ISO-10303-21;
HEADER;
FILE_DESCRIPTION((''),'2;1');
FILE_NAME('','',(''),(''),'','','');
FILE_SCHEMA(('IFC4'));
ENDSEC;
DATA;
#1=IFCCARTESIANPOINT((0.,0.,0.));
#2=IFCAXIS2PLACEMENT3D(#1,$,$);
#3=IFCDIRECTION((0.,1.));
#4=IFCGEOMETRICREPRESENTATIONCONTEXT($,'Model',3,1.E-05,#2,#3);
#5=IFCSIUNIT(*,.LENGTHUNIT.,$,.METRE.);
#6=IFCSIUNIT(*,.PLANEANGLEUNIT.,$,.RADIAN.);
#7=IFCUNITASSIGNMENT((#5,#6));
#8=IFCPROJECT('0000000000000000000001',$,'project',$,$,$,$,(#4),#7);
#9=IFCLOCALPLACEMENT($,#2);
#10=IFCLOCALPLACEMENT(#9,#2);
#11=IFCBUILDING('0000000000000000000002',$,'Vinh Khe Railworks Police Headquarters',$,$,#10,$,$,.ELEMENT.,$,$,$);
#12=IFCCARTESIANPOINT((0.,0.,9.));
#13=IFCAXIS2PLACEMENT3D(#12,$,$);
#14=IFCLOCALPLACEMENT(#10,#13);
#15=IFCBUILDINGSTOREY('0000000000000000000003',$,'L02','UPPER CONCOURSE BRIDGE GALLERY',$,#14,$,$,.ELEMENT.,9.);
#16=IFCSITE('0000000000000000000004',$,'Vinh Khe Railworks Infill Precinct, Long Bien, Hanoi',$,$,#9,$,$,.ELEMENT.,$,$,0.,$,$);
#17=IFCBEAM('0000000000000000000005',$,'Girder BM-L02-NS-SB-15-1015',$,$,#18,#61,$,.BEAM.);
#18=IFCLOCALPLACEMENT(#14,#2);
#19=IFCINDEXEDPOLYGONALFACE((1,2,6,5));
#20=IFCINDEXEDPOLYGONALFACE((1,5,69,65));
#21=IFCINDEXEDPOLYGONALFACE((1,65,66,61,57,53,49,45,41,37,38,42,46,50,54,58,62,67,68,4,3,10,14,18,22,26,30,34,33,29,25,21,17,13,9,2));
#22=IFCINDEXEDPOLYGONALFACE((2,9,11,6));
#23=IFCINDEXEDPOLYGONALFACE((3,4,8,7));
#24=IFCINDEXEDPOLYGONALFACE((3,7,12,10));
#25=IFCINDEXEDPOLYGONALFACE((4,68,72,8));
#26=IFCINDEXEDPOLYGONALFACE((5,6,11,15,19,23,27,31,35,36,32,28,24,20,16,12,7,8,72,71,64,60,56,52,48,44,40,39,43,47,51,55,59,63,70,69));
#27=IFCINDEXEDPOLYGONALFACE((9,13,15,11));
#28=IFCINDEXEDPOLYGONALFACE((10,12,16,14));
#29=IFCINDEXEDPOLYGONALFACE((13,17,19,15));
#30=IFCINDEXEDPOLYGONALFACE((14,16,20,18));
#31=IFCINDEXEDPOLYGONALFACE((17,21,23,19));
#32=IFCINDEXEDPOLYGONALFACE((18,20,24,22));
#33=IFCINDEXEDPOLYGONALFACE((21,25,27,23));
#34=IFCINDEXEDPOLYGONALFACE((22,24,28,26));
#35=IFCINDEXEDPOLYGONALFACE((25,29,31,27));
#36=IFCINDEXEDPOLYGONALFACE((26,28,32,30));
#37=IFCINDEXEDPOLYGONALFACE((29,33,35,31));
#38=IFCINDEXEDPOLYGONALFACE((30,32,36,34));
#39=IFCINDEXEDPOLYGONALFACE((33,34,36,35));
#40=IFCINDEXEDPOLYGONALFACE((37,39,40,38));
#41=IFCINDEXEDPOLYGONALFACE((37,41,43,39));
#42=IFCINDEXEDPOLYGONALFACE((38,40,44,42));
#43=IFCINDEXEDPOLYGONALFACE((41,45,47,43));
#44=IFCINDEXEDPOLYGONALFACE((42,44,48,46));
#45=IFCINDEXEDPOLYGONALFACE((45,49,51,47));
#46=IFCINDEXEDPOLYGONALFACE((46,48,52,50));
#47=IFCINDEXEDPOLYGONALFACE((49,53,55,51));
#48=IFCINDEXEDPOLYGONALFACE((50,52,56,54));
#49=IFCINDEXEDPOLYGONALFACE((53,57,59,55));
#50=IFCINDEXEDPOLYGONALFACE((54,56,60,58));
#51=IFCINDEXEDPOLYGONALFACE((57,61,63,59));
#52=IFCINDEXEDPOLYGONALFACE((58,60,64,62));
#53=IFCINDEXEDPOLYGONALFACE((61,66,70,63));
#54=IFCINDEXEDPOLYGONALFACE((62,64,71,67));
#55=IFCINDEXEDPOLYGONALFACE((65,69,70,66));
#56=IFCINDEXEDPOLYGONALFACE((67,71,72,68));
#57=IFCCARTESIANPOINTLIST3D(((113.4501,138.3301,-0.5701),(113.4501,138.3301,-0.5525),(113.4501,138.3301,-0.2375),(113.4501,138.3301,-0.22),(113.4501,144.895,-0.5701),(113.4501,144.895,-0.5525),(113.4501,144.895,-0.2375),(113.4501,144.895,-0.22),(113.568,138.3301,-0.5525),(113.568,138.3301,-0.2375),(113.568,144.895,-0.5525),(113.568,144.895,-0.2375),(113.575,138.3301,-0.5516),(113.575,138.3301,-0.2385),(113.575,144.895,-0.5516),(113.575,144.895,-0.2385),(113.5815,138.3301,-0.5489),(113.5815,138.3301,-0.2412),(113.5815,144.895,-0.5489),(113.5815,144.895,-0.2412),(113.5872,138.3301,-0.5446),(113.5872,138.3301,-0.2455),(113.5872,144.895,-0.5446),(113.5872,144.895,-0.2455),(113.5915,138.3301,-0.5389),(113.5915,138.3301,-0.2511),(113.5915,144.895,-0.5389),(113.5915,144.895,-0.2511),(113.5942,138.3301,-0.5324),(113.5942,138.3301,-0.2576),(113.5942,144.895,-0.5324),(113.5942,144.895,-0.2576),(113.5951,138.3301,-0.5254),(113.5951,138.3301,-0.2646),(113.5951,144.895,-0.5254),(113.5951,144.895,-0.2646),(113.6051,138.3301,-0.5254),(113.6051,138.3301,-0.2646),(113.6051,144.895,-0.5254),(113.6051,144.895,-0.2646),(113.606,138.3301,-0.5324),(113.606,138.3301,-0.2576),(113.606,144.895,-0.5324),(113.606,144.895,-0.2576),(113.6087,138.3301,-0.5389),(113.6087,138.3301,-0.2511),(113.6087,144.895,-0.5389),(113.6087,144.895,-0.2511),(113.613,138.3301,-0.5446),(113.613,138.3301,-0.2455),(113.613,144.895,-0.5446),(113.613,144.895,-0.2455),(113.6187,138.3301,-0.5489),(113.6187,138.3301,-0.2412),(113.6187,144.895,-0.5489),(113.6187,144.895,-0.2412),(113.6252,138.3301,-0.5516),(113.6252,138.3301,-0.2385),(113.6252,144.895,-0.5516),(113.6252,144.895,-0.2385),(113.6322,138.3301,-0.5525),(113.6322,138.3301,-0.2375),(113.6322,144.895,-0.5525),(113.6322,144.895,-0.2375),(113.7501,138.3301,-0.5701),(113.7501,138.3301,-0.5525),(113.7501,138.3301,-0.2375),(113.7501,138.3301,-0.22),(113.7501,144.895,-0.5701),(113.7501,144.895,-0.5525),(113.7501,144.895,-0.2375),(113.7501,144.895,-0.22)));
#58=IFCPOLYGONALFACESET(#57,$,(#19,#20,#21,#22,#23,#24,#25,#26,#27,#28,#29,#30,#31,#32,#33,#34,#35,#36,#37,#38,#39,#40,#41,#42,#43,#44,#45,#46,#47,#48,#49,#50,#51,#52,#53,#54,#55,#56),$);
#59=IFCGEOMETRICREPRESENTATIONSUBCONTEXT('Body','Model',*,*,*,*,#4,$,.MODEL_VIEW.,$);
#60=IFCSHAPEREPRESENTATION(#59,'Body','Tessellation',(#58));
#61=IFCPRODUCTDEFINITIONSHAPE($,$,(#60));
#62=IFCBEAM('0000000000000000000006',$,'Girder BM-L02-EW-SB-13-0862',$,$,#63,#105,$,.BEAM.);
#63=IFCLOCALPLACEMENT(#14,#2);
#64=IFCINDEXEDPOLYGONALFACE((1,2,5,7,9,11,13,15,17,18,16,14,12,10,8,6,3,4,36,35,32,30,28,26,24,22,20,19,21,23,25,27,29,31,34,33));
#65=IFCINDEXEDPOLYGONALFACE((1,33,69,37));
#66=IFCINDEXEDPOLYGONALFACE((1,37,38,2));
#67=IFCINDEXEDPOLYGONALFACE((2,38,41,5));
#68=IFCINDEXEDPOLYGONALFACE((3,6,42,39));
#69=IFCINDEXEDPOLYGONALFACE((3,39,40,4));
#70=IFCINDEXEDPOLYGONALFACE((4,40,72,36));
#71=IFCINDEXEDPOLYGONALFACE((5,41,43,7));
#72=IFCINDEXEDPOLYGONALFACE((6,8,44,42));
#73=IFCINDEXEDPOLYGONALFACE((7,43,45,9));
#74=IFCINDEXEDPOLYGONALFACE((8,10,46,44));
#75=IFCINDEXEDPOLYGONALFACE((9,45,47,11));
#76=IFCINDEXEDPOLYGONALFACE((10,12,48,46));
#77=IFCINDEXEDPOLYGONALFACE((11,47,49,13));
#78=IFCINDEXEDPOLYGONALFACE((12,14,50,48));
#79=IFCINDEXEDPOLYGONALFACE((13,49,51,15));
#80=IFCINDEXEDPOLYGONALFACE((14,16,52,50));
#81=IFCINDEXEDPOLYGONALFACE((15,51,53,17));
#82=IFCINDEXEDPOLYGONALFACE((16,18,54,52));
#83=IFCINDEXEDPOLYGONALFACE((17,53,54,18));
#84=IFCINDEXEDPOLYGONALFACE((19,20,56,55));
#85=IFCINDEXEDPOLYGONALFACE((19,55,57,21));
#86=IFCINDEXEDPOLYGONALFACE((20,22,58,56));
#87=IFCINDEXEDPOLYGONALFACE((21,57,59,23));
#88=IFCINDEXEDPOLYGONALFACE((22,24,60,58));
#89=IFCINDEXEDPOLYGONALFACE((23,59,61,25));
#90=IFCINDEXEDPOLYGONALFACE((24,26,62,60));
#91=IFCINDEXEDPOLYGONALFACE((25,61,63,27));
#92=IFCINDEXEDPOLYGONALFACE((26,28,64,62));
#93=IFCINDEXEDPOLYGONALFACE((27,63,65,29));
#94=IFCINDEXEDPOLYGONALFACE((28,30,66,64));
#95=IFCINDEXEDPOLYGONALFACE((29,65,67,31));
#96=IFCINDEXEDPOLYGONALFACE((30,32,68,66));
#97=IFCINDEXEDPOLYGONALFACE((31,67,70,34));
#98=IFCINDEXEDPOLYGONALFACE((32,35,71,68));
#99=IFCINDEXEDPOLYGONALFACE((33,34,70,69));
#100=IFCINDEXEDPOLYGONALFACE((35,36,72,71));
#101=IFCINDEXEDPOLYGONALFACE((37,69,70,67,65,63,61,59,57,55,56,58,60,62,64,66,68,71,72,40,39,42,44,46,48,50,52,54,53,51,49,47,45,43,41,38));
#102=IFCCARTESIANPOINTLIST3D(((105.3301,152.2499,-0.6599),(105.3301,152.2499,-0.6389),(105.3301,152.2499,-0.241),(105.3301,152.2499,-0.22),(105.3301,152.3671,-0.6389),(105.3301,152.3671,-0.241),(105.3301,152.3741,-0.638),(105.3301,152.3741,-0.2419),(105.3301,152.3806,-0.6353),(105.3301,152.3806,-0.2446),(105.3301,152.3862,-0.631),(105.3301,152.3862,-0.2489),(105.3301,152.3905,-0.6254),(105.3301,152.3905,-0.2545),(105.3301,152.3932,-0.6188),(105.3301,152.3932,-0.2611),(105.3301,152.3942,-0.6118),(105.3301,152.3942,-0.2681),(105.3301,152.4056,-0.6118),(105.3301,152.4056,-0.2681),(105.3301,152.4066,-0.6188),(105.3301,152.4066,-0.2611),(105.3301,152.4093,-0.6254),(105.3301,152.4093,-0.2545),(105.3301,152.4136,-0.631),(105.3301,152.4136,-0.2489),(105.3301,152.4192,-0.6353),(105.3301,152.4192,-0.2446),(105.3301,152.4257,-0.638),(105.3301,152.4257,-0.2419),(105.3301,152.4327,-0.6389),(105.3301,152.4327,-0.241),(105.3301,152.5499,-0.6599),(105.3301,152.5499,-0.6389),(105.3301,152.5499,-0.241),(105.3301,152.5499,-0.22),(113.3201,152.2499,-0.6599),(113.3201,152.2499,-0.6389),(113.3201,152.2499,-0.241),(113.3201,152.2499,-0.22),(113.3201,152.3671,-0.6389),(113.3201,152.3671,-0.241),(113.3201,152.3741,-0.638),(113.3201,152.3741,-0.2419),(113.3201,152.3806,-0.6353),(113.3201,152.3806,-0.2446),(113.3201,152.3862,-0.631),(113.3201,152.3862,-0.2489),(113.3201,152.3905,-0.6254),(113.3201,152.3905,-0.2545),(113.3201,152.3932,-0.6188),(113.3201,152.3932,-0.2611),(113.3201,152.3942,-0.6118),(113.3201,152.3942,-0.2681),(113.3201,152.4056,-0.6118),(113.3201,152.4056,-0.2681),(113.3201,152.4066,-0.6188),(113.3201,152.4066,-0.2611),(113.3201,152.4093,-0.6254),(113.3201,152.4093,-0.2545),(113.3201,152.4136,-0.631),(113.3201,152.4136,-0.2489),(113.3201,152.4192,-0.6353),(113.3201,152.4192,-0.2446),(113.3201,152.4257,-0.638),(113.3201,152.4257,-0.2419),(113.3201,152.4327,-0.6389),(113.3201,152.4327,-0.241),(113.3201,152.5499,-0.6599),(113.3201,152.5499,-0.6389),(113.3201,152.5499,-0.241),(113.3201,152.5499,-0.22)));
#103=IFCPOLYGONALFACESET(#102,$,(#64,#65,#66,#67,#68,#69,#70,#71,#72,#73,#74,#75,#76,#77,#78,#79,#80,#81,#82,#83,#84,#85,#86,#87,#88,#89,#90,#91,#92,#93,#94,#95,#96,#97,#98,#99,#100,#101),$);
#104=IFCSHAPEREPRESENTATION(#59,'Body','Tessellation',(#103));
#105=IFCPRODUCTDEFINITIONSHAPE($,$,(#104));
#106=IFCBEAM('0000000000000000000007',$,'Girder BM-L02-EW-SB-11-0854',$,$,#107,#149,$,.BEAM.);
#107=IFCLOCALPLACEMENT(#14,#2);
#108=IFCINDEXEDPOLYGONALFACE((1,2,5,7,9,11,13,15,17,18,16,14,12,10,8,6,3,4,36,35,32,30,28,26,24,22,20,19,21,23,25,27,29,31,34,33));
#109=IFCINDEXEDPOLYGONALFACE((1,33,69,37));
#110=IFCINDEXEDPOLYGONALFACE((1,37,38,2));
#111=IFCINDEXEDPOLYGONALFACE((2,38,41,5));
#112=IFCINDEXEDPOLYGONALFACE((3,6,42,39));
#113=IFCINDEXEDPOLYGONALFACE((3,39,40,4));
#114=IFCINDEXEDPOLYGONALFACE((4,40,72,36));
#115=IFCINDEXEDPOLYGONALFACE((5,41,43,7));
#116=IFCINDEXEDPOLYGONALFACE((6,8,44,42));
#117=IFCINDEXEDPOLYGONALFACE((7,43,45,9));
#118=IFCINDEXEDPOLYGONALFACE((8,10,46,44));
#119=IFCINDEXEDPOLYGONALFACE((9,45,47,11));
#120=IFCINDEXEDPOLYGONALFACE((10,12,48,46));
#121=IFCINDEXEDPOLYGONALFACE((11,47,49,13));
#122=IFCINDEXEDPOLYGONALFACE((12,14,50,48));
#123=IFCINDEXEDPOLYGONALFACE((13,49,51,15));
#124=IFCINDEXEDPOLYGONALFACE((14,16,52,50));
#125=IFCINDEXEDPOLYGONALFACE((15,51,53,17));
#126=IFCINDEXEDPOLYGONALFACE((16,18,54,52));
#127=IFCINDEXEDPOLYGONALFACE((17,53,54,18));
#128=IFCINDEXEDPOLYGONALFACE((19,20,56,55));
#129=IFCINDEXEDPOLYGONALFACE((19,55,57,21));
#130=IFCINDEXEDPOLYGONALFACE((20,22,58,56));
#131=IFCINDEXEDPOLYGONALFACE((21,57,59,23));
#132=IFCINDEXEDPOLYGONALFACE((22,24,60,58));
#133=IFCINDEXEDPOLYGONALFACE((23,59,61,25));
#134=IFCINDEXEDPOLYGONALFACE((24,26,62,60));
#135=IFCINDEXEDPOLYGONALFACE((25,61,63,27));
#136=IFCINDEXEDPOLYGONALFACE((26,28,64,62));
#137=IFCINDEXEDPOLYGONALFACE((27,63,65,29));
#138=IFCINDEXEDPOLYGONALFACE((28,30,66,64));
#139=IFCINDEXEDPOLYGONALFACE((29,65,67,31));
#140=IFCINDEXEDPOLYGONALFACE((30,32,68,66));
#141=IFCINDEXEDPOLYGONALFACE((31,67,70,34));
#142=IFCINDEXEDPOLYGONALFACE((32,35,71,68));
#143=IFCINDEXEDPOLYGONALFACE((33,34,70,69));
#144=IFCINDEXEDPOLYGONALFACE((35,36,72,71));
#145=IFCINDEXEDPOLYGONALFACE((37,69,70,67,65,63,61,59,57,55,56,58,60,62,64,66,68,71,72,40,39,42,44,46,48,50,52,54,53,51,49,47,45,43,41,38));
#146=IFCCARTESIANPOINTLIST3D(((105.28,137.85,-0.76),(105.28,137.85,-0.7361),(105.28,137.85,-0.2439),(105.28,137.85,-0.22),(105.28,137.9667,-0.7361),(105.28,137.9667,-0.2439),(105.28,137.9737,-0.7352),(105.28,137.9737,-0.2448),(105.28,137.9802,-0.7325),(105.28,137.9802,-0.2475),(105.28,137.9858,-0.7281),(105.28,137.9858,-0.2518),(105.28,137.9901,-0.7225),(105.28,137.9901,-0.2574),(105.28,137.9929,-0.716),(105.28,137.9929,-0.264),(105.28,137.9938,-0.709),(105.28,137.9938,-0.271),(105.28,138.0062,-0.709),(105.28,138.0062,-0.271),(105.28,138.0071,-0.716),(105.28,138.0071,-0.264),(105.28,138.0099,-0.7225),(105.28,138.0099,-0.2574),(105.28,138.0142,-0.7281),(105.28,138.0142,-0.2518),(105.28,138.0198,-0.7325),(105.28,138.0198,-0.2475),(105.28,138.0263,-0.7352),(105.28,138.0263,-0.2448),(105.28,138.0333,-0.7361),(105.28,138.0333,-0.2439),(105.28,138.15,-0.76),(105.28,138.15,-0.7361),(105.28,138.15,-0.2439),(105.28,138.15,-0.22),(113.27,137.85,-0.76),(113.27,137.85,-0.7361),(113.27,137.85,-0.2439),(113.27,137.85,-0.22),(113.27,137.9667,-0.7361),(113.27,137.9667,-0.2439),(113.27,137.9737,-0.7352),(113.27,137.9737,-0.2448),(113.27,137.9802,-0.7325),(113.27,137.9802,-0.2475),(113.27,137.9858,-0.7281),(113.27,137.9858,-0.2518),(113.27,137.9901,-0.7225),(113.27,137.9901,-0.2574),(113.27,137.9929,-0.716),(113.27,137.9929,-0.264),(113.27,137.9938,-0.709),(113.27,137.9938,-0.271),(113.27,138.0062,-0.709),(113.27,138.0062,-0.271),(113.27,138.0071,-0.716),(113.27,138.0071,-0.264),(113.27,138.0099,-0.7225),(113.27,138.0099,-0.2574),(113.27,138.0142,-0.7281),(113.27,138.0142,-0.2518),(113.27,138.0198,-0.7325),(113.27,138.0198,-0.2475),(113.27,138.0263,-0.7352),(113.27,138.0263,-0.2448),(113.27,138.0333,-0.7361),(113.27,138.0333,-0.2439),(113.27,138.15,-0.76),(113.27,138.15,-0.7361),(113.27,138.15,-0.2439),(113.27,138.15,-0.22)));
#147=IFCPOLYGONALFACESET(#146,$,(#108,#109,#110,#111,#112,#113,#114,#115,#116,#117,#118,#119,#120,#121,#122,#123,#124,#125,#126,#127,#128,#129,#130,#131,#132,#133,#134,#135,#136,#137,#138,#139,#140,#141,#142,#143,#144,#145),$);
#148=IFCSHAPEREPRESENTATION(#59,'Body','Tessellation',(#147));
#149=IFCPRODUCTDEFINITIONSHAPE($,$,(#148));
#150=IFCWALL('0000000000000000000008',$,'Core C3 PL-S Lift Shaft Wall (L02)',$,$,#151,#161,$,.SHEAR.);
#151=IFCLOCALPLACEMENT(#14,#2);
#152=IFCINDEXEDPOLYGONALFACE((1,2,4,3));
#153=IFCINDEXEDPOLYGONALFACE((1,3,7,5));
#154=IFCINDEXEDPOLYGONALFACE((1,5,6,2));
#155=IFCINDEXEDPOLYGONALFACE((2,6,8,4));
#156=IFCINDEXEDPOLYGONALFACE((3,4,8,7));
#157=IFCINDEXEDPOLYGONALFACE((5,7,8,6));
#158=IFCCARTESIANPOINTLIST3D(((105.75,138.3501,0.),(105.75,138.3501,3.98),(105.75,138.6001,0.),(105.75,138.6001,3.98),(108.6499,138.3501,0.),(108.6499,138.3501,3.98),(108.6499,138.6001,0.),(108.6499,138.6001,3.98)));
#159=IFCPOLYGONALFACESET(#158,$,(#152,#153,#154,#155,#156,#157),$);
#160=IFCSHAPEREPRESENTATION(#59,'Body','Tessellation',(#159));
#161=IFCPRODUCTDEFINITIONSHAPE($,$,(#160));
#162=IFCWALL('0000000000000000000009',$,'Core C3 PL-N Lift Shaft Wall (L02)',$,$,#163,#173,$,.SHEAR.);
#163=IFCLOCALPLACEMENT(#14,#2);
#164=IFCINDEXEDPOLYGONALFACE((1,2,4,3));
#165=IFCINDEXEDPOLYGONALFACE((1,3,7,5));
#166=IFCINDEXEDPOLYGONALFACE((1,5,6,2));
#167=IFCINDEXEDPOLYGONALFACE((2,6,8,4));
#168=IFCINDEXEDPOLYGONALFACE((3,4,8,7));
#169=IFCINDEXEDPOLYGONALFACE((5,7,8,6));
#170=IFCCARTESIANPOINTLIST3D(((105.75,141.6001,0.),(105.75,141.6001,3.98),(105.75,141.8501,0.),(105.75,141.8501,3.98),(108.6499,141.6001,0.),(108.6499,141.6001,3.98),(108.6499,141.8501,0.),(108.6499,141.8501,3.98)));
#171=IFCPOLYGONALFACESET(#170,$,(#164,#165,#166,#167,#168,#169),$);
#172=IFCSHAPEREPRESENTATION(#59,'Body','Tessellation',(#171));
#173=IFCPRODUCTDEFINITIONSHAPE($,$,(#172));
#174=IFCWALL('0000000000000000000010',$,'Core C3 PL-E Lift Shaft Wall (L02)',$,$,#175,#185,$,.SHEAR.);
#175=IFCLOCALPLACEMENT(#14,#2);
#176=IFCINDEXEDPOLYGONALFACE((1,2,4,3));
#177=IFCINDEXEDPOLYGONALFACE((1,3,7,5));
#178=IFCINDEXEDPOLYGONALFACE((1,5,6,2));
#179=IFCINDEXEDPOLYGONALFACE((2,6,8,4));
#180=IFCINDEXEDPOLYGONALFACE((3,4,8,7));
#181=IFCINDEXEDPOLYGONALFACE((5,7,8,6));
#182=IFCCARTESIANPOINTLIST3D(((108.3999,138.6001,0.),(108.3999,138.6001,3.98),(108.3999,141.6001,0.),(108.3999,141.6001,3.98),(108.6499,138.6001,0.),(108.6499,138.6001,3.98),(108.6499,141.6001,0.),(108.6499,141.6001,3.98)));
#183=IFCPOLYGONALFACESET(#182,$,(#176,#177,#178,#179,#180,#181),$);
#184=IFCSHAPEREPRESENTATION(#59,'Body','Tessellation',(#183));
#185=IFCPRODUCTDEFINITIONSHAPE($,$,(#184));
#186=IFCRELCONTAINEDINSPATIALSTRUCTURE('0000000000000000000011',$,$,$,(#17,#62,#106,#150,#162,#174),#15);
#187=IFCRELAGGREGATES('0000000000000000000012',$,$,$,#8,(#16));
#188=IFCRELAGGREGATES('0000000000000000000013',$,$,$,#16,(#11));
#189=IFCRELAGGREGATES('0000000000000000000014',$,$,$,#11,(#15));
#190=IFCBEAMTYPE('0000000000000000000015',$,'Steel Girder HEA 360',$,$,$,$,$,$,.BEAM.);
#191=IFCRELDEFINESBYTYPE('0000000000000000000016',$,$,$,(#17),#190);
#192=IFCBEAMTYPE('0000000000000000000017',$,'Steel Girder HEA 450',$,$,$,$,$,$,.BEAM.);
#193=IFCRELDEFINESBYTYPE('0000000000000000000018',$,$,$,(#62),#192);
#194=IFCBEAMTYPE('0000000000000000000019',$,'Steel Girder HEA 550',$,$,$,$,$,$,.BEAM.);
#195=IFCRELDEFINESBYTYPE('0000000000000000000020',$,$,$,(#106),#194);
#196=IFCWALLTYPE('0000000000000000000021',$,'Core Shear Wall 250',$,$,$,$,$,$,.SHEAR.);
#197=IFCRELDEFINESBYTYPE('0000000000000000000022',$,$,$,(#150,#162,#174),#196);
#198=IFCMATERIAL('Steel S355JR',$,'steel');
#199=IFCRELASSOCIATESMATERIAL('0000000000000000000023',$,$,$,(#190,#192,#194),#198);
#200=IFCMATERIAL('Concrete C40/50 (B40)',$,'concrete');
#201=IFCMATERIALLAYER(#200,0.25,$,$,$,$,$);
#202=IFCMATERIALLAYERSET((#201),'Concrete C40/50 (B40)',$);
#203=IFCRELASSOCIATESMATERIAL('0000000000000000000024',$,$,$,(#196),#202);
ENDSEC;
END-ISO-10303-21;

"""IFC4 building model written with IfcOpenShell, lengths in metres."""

from ifc_helpers import new_model, si_unit, direction, frame, frame_2d, origin, origin_2d, place, context, subcontext, project, spatial, rectangle, i_section, extrude, material, layer, layer_set, material_profile, profile_set, type_object, element, save


model = new_model("IFC4")

# Units and contexts
model_context = context("Model", 3, precision=1e-05, world=origin(), true_north=direction((0.0, 1.0)))
body_context = subcontext(model_context, "Body", "Model", "MODEL_VIEW")
ifc_project = project(units=[si_unit("LENGTHUNIT", "METRE"), si_unit("PLANEANGLEUNIT", "RADIAN")], contexts=[model_context])

# Site, building, storey
site_placement = place(None, origin())
site = spatial("IfcSite", under=ifc_project, at=site_placement, Name="Vinh Khe Railworks Infill Precinct, Long Bien, Hanoi", CompositionType="ELEMENT", RefElevation=0.0)
building_placement = place(site_placement, origin())
building = spatial("IfcBuilding", under=site, at=building_placement, Name="Vinh Khe Railworks Police Headquarters", CompositionType="ELEMENT")
storey_placement = place(building_placement, frame((0.0, 0.0, 9.0)))
storey = spatial("IfcBuildingStorey", under=building, at=storey_placement, Name="L02", Description="UPPER CONCOURSE BRIDGE GALLERY", CompositionType="ELEMENT", Elevation=9.0)

# Shared definitions
ifc_material_1 = material(Name="Steel S355JR", Category="steel")

# Beams
ifc_material_profile_1 = material_profile(ifc_material_1, i_section(OverallWidth=0.3, OverallDepth=0.3501, WebThickness=0.01, FlangeThickness=0.0176, FilletRadius=0.0271, at=origin_2d()), Name="HEA 360")
ifc_profile_set_1 = profile_set([ifc_material_profile_1], Name="Steel S355JR")
beam_type_1 = type_object("IfcBeamType", Name="Steel Girder HEA 360", PredefinedType="BEAM", material=ifc_profile_set_1)
beam_1_placement = place(storey_placement, frame((113.6001, 138.3301, -0.395), z_axis=(0.0, 1.0, 0.0), x_axis=(-1.0, 0.0, 0.0)))
element("IfcBeam", 1, at=beam_1_placement, inside=storey, type_object=beam_type_1, Name="Girder BM-L02-NS-SB-15-1015", PredefinedType="BEAM", context=body_context, shape_type="SweptSolid", body=[
    extrude(i_section(OverallWidth=0.3, OverallDepth=0.3501, WebThickness=0.01, FlangeThickness=0.0176, FilletRadius=0.0271, at=origin_2d()), origin(), (0.0, 0.0, 1.0), 6.5649),
])
ifc_material_profile_2 = material_profile(ifc_material_1, i_section(OverallWidth=0.3, OverallDepth=0.4399, WebThickness=0.0115, FlangeThickness=0.021, FilletRadius=0.0271, at=origin_2d()), Name="HEA 450")
ifc_profile_set_2 = profile_set([ifc_material_profile_2], Name="Steel S355JR")
beam_type_2 = type_object("IfcBeamType", Name="Steel Girder HEA 450", PredefinedType="BEAM", material=ifc_profile_set_2)
beam_2_placement = place(storey_placement, frame((105.3301, 152.3999, -0.4399), z_axis=(1.0, 0.0, 0.0), x_axis=(0.0, 1.0, 0.0)))
element("IfcBeam", 2, at=beam_2_placement, inside=storey, type_object=beam_type_2, Name="Girder BM-L02-EW-SB-13-0862", PredefinedType="BEAM", context=body_context, shape_type="SweptSolid", body=[
    extrude(i_section(OverallWidth=0.3, OverallDepth=0.4399, WebThickness=0.0115, FlangeThickness=0.021, FilletRadius=0.0271, at=origin_2d()), origin(), (0.0, 0.0, 1.0), 7.99),
])
ifc_material_profile_3 = material_profile(ifc_material_1, i_section(OverallWidth=0.3, OverallDepth=0.54, WebThickness=0.0125, FlangeThickness=0.0239, FilletRadius=0.0271, at=origin_2d()), Name="HEA 550")
ifc_profile_set_3 = profile_set([ifc_material_profile_3], Name="Steel S355JR")
beam_type_3 = type_object("IfcBeamType", Name="Steel Girder HEA 550", PredefinedType="BEAM", material=ifc_profile_set_3)
beam_3_placement = place(storey_placement, frame((105.28, 138.0, -0.49), z_axis=(1.0, 0.0, 0.0), x_axis=(0.0, 1.0, 0.0)))
element("IfcBeam", 3, at=beam_3_placement, inside=storey, type_object=beam_type_3, Name="Girder BM-L02-EW-SB-11-0854", PredefinedType="BEAM", context=body_context, shape_type="SweptSolid", body=[
    extrude(i_section(OverallWidth=0.3, OverallDepth=0.54, WebThickness=0.0125, FlangeThickness=0.0239, FilletRadius=0.0271, at=origin_2d()), origin(), (0.0, 0.0, 1.0), 7.99),
])

# Walls
ifc_material_2 = material(Name="Concrete C40/50 (B40)", Category="concrete")
ifc_layer_1 = layer(ifc_material_2, 0.25)
ifc_layer_set_1 = layer_set([ifc_layer_1], Name="Concrete C40/50 (B40)")
wall_type_1 = type_object("IfcWallType", Name="Core Shear Wall 250", PredefinedType="SHEAR", material=ifc_layer_set_1)
for number, where, z_axis, x_axis, name in (
    (4, (105.75, 138.4751, 0.0), (0.0, 0.0, 1.0), (1.0, 0.0, 0.0), "Core C3 PL-S Lift Shaft Wall (L02)"),
    (5, (105.75, 141.7251, 0.0), (0.0, 0.0, 1.0), (1.0, 0.0, 0.0), "Core C3 PL-N Lift Shaft Wall (L02)"),
):
    element("IfcWall", number, at=place(storey_placement, frame(where, z_axis=z_axis, x_axis=x_axis)), inside=storey, type_object=wall_type_1, Name=name, PredefinedType="SHEAR", context=body_context, shape_type="SweptSolid", body=[
        extrude(rectangle(XDim=2.8999, YDim=0.25, at=frame_2d((1.45, 0.0))), origin(), (0.0, 0.0, 1.0), 3.98),
    ])

# Wall
wall_1_placement = place(storey_placement, frame((108.5249, 138.6001, 0.0), z_axis=(0.0, 0.0, 1.0), x_axis=(0.0, 1.0, 0.0)))
element("IfcWall", 6, at=wall_1_placement, inside=storey, type_object=wall_type_1, Name="Core C3 PL-E Lift Shaft Wall (L02)", PredefinedType="SHEAR", context=body_context, shape_type="SweptSolid", body=[
    extrude(rectangle(XDim=3.0, YDim=0.25, at=frame_2d((1.5, 0.0))), origin(), (0.0, 0.0, 1.0), 3.98),
])

save(model, "model.ifc")
